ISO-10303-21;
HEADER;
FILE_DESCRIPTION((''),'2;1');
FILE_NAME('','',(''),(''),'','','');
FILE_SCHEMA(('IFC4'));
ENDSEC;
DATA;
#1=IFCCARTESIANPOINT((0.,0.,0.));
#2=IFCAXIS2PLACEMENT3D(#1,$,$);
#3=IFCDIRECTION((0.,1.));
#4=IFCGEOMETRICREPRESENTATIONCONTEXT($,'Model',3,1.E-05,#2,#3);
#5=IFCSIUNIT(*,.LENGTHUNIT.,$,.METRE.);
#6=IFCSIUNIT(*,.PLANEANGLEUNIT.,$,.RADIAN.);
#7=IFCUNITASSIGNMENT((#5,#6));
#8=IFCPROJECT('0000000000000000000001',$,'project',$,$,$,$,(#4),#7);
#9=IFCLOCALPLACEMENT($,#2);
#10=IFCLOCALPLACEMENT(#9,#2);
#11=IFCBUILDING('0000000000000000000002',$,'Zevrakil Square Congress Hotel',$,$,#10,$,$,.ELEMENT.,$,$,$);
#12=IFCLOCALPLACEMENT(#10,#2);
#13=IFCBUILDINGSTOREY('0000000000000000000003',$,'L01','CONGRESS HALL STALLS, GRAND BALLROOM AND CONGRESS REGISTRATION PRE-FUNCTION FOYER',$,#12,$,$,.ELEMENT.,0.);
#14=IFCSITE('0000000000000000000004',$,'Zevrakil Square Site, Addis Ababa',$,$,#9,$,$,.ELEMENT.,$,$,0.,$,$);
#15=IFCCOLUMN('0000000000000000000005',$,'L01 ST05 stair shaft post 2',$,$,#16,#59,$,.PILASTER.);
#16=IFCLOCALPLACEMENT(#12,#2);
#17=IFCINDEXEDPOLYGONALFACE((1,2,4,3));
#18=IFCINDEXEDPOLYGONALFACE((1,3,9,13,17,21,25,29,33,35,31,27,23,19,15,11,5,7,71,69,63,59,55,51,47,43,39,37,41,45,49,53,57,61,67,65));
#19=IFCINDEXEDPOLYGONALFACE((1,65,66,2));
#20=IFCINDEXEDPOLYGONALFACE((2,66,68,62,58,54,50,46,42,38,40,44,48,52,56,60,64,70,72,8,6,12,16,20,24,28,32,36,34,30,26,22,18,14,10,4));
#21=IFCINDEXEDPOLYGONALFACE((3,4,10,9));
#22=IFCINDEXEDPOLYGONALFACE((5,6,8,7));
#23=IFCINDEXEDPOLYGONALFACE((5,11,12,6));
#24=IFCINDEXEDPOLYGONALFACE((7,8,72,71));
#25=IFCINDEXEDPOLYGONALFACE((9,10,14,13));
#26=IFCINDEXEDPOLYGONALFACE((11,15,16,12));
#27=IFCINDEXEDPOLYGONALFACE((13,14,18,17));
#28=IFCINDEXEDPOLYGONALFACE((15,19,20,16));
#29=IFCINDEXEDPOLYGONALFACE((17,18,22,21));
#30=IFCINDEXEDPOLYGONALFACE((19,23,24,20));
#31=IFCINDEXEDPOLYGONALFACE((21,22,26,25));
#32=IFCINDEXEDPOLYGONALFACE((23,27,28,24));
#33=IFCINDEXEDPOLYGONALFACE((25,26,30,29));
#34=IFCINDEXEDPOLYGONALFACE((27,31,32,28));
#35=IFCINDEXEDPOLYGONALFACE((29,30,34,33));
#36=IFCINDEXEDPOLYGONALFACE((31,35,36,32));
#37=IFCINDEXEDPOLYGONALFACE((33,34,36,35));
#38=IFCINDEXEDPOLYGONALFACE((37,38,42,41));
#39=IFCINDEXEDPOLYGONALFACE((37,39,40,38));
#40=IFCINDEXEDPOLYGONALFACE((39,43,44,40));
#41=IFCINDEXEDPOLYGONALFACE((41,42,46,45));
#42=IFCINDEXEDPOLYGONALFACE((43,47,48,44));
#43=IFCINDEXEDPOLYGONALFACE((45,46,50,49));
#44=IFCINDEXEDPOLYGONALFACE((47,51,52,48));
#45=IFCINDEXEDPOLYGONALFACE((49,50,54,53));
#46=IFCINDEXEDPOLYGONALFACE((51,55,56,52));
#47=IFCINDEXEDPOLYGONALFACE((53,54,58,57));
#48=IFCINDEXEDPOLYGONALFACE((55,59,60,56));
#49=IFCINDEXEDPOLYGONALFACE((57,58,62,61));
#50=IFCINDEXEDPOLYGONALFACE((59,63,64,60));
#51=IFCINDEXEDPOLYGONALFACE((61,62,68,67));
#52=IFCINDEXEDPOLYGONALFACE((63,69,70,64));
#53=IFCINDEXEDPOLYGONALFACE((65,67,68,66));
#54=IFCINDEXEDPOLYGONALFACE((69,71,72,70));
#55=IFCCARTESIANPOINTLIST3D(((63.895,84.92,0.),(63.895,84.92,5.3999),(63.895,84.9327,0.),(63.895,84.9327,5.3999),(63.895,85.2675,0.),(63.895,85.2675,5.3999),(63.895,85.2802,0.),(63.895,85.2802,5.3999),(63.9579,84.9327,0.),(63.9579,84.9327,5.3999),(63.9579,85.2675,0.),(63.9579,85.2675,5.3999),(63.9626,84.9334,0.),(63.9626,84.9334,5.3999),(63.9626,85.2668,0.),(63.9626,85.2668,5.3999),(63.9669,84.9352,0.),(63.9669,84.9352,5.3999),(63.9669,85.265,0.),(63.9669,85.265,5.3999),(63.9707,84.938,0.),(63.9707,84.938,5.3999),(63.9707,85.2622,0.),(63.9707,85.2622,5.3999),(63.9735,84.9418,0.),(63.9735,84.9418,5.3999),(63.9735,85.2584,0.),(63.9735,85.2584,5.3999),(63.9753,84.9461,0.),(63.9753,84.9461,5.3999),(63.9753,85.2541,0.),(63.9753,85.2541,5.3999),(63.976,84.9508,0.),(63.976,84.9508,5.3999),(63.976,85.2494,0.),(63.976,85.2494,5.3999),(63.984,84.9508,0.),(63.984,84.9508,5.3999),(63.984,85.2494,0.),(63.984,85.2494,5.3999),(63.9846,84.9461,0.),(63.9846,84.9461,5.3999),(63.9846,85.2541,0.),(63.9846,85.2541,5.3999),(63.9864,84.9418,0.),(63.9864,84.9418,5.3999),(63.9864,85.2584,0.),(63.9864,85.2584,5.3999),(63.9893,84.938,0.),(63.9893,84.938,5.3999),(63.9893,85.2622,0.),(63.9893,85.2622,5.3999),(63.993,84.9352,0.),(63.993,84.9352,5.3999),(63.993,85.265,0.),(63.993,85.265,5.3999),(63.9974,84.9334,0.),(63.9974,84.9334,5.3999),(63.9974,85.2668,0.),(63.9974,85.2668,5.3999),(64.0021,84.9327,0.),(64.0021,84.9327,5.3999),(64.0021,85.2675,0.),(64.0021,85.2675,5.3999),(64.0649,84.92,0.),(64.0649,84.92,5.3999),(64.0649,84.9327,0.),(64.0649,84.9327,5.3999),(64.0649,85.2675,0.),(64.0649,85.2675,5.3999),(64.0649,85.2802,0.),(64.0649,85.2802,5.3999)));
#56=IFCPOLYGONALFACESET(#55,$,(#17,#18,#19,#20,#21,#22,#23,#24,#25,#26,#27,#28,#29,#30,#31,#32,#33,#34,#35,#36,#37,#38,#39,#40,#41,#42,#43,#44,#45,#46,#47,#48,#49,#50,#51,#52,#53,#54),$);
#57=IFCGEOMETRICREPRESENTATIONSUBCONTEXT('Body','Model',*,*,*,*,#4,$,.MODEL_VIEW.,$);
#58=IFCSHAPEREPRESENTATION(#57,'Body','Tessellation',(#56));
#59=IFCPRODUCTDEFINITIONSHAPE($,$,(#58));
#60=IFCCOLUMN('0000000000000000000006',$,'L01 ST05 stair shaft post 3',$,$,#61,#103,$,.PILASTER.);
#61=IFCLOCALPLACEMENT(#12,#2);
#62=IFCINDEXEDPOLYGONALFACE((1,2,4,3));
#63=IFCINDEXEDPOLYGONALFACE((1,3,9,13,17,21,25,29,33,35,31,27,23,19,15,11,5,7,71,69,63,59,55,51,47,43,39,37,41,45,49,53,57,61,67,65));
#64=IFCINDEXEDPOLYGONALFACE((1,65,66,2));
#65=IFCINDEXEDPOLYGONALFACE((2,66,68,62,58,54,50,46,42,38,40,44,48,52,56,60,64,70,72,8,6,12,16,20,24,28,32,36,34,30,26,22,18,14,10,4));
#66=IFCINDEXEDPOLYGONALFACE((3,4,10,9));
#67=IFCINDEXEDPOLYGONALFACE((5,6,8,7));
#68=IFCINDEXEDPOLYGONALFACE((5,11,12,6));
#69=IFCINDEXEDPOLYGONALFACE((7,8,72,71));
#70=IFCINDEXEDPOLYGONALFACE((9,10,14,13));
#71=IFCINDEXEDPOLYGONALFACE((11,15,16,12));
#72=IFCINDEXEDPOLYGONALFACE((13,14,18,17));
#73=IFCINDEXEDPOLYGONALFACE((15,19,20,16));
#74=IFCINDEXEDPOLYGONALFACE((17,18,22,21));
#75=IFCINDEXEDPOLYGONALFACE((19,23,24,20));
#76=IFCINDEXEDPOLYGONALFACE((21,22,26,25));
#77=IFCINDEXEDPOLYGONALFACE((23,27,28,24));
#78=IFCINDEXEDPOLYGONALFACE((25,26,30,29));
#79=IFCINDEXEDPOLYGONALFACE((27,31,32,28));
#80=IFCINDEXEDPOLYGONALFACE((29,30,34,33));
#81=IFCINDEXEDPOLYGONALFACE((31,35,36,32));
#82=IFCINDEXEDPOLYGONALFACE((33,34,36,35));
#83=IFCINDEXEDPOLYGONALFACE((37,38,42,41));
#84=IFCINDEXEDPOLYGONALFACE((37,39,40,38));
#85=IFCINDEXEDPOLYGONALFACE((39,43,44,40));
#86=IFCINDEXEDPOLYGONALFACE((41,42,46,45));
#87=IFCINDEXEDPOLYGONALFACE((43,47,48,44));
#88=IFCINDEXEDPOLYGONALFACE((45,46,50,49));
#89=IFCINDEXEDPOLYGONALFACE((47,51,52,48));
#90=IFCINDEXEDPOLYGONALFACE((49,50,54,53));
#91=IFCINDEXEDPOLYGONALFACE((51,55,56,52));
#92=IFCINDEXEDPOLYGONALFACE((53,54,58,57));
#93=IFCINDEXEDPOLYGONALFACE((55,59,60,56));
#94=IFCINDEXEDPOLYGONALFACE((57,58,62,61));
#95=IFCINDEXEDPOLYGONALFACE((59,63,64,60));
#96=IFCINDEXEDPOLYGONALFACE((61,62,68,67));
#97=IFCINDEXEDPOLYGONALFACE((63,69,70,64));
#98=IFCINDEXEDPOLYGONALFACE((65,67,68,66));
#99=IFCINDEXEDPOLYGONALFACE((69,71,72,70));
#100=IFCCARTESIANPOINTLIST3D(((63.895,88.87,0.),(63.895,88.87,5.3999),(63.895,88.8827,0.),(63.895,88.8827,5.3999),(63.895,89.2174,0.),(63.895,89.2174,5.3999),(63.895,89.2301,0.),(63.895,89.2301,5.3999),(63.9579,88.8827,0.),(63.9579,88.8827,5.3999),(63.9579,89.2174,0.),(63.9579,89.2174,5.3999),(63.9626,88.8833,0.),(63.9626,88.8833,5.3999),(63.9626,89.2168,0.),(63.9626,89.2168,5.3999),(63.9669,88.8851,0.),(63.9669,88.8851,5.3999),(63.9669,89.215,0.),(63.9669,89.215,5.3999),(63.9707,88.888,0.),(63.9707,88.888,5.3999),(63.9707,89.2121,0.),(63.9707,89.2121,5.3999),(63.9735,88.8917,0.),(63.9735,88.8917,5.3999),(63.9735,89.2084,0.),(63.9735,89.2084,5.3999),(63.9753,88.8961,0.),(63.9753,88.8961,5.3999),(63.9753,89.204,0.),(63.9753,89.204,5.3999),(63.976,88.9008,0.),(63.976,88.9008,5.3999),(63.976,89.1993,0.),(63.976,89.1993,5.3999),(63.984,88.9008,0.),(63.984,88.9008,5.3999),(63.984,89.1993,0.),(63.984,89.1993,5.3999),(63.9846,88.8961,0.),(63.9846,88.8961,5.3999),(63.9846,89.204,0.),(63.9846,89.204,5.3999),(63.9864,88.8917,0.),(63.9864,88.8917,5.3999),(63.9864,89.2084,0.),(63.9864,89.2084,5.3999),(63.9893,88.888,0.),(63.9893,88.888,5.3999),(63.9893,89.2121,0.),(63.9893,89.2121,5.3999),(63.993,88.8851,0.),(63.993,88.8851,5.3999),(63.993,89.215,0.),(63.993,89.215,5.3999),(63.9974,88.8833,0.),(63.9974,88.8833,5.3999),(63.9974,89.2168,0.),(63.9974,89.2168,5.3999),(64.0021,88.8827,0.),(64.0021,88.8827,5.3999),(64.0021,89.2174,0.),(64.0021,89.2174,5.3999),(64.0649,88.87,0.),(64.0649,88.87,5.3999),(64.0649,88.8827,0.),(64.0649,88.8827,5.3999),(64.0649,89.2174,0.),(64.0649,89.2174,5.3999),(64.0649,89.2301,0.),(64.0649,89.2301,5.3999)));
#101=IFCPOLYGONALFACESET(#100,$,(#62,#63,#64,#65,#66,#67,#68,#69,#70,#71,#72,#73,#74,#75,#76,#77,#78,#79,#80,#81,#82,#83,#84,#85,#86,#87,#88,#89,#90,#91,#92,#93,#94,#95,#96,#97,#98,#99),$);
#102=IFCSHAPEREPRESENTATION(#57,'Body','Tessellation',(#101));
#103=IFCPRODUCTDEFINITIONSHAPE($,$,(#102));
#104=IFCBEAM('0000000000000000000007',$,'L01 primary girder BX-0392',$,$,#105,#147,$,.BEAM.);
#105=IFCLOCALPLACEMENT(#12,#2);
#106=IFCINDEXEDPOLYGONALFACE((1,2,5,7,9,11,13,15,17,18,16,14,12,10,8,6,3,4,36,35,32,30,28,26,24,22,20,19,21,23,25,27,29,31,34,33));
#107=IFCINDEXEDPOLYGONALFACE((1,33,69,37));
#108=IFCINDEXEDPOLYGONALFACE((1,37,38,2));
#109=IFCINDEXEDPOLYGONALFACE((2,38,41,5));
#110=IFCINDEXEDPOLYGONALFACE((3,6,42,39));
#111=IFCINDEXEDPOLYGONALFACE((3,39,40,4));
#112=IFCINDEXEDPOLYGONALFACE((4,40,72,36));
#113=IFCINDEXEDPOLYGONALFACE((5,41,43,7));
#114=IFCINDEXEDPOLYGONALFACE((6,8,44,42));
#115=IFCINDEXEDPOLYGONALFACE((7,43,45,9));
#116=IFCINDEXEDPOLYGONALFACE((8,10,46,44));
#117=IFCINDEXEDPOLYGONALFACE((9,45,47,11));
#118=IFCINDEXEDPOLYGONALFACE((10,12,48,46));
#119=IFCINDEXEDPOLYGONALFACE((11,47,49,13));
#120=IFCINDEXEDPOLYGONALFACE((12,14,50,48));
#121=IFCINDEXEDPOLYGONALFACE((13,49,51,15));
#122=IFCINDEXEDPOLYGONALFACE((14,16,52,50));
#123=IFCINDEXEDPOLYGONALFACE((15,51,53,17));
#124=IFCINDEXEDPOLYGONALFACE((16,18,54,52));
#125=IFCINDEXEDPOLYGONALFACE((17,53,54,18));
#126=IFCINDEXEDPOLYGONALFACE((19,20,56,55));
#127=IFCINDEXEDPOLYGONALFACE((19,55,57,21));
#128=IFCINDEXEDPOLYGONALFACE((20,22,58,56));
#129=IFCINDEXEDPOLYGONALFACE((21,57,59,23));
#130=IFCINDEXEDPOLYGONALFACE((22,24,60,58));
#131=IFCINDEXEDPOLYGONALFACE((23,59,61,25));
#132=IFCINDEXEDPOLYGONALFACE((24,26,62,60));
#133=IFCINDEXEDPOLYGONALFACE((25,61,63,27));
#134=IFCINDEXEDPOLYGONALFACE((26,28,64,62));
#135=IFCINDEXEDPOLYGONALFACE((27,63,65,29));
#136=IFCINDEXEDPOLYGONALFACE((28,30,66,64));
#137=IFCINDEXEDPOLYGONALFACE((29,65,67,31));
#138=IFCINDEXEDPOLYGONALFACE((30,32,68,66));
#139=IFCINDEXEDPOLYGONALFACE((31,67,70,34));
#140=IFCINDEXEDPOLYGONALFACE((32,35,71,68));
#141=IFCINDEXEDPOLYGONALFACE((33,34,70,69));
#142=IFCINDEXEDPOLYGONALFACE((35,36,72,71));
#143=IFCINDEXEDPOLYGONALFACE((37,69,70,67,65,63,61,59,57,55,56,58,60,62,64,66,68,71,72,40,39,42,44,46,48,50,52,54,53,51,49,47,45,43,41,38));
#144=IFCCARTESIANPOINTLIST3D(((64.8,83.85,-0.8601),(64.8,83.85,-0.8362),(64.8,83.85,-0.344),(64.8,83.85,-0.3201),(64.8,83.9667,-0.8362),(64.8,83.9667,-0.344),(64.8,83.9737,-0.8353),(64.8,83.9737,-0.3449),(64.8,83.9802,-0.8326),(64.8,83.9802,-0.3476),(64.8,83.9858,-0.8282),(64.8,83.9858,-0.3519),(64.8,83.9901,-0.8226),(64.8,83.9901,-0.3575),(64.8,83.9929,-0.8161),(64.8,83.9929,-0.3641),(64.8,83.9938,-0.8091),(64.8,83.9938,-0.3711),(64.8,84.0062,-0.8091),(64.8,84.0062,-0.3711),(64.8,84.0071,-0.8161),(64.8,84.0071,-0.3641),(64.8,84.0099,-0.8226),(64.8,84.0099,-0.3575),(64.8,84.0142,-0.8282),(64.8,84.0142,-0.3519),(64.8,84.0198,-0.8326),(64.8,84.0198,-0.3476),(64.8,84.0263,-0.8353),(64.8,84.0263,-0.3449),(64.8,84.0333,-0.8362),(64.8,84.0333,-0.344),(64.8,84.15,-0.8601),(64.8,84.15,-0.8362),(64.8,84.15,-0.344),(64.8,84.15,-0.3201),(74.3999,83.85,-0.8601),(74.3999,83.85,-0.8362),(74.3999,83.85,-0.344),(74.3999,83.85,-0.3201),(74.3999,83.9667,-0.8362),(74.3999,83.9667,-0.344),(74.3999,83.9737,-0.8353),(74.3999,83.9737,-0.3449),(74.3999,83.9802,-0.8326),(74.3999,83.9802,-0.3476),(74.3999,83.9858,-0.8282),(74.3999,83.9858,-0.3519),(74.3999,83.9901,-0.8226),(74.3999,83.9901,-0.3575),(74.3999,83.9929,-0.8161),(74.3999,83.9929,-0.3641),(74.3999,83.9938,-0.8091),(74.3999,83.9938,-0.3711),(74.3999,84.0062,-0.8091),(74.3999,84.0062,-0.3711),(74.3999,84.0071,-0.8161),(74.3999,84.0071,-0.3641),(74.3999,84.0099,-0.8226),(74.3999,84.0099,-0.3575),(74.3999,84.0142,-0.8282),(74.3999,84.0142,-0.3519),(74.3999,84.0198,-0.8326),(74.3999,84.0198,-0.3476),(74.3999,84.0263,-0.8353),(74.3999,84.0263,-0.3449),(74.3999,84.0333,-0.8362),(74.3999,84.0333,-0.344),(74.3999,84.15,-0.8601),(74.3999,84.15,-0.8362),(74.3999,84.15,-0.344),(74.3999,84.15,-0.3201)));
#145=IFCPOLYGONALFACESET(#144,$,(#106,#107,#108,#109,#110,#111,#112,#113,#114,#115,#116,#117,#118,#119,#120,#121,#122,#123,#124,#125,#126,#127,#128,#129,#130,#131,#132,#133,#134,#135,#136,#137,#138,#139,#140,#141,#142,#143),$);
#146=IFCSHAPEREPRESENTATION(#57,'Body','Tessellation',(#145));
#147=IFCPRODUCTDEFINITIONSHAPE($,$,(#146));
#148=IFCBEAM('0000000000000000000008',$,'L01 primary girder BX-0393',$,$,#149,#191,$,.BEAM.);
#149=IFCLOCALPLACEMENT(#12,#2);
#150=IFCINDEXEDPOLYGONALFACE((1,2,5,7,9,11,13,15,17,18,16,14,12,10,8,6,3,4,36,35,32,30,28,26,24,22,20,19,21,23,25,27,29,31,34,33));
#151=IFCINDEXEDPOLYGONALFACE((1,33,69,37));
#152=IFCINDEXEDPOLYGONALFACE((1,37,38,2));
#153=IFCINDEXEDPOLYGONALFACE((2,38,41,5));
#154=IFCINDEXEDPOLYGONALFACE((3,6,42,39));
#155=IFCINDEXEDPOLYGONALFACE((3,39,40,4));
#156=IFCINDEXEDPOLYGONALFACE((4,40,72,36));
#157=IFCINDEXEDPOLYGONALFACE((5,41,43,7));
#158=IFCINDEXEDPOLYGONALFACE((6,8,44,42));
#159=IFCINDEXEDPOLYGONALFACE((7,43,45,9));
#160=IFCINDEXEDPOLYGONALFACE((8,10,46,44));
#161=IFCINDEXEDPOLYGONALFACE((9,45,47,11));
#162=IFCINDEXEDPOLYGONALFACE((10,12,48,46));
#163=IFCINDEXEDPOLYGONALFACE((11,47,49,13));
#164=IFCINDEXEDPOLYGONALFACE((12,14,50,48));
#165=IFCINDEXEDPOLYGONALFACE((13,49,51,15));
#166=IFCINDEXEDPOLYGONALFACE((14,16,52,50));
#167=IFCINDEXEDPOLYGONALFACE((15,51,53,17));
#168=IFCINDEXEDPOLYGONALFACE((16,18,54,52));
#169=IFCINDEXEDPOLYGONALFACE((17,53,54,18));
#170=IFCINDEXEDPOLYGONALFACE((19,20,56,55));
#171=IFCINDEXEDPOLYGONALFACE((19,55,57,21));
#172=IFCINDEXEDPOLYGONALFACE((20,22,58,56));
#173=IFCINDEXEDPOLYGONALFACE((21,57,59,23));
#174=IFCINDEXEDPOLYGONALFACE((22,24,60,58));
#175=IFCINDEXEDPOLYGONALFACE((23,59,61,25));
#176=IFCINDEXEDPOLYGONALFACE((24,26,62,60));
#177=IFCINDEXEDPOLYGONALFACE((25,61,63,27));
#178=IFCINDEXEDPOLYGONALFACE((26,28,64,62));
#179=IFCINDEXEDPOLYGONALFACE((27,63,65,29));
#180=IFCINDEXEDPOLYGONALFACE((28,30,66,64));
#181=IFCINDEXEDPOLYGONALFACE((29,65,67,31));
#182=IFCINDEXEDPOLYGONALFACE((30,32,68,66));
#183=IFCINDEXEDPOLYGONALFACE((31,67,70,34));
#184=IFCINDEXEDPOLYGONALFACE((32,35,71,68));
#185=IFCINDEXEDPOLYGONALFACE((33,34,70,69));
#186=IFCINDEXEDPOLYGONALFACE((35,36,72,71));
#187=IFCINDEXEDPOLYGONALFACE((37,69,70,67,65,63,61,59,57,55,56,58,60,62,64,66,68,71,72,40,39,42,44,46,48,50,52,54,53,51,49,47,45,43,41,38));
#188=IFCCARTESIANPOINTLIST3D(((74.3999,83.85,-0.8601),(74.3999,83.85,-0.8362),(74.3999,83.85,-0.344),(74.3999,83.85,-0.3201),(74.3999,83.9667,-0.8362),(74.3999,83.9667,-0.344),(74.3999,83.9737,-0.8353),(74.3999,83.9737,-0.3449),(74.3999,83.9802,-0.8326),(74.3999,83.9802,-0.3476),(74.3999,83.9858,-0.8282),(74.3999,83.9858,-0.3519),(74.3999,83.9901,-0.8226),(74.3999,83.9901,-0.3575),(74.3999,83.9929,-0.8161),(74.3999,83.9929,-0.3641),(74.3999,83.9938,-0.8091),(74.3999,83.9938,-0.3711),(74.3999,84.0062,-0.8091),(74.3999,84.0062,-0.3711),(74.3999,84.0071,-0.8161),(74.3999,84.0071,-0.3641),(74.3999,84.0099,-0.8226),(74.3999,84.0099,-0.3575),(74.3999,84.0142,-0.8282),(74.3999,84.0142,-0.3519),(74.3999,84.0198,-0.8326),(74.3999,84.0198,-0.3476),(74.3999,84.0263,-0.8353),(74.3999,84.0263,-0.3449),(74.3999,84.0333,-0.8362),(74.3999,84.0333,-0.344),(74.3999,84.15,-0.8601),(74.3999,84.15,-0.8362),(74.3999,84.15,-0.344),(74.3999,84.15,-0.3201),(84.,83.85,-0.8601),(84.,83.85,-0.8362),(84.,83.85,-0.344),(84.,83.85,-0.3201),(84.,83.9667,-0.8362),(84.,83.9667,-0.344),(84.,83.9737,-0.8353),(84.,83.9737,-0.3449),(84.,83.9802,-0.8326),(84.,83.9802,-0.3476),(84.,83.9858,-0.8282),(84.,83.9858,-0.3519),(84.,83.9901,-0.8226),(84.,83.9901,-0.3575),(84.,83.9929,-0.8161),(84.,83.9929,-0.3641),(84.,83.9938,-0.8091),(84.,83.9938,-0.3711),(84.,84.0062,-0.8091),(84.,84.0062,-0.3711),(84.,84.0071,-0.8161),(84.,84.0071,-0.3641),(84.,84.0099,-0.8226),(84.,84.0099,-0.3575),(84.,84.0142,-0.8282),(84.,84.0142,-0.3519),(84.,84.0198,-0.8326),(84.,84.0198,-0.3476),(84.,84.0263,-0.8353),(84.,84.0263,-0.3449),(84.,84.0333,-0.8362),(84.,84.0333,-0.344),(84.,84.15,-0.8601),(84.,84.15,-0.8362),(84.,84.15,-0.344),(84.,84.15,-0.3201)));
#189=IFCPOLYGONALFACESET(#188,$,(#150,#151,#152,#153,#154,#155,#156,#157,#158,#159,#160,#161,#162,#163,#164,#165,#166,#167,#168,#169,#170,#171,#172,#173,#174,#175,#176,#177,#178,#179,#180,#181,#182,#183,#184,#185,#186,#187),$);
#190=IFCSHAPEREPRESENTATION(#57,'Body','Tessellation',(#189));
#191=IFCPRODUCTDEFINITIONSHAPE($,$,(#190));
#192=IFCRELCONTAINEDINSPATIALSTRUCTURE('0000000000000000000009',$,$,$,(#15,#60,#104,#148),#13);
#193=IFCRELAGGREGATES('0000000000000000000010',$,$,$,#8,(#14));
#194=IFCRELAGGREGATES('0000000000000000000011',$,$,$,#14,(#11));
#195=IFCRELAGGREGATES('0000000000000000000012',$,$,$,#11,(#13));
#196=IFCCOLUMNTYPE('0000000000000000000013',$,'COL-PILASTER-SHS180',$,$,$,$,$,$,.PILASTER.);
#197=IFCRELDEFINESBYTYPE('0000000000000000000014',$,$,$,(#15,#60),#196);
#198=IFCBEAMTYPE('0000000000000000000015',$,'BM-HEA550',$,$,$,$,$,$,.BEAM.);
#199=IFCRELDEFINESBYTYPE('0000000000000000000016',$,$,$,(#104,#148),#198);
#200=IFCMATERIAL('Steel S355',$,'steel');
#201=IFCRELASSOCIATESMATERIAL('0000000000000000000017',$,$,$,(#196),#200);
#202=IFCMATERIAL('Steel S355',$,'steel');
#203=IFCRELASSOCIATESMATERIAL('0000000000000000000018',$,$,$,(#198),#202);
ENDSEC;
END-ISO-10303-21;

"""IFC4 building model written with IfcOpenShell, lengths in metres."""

from ifc_helpers import new_model, si_unit, direction, frame, origin, origin_2d, place, context, subcontext, project, spatial, i_section, extrude, material, material_profile, profile_set, type_object, element, save


model = new_model("IFC4")

# Units and contexts
model_context = context("Model", 3, precision=1e-05, world=origin(), true_north=direction((0.0, 1.0)))
body_context = subcontext(model_context, "Body", "Model", "MODEL_VIEW")
ifc_project = project(units=[si_unit("LENGTHUNIT", "METRE"), si_unit("PLANEANGLEUNIT", "RADIAN")], contexts=[model_context])

# Site, building, storey
site_placement = place(None, origin())
site = spatial("IfcSite", under=ifc_project, at=site_placement, Name="Zevrakil Square Site, Addis Ababa", CompositionType="ELEMENT", RefElevation=0.0)
building_placement = place(site_placement, origin())
building = spatial("IfcBuilding", under=site, at=building_placement, Name="Zevrakil Square Congress Hotel", CompositionType="ELEMENT")
storey_placement = place(building_placement, origin())
storey = spatial("IfcBuildingStorey", under=building, at=storey_placement, Name="L01", Description="CONGRESS HALL STALLS, GRAND BALLROOM AND CONGRESS REGISTRATION PRE-FUNCTION FOYER", CompositionType="ELEMENT", Elevation=0.0)

# Columns
ifc_material_1 = material(Name="Steel S355", Category="steel")
ifc_material_profile_1 = material_profile(ifc_material_1, i_section(OverallWidth=0.1699, OverallDepth=0.3601, WebThickness=0.0081, FlangeThickness=0.0127, FilletRadius=0.0181, at=origin_2d()), Name="IPE 360")
ifc_profile_set_1 = profile_set([ifc_material_profile_1], Name="Steel S355")
column_type_1 = type_object("IfcColumnType", Name="COL-PILASTER-SHS180", PredefinedType="PILASTER", material=ifc_profile_set_1)
for number, where, z_axis, x_axis, name in (
    (1, (63.98, 85.1001, 0.0), (0.0, 0.0, 1.0), (1.0, 0.0, 0.0), "L01 ST05 stair shaft post 2"),
    (2, (63.98, 89.05, 0.0), (0.0, 0.0, 1.0), (1.0, 0.0, 0.0), "L01 ST05 stair shaft post 3"),
):
    element("IfcColumn", number, at=place(storey_placement, frame(where, z_axis=z_axis, x_axis=x_axis)), inside=storey, type_object=column_type_1, Name=name, PredefinedType="PILASTER", context=body_context, shape_type="SweptSolid", body=[
        extrude(i_section(OverallWidth=0.1699, OverallDepth=0.3601, WebThickness=0.0081, FlangeThickness=0.0127, FilletRadius=0.0181, at=origin_2d()), origin(), (0.0, 0.0, 1.0), 5.3999),
    ])

# Beams
ifc_material_2 = material(Name="Steel S355", Category="steel")
ifc_material_profile_2 = material_profile(ifc_material_2, i_section(OverallWidth=0.3, OverallDepth=0.54, WebThickness=0.0125, FlangeThickness=0.0239, FilletRadius=0.0271, at=origin_2d()), Name="HEA 550")
ifc_profile_set_2 = profile_set([ifc_material_profile_2], Name="Steel S355")
beam_type_1 = type_object("IfcBeamType", Name="BM-HEA550", PredefinedType="BEAM", material=ifc_profile_set_2)
beam_placement = place(storey_placement, frame((64.8, 84.0, -0.5901), z_axis=(1.0, 0.0, 0.0), x_axis=(0.0, 1.0, 0.0)))
element("IfcBeam", 3, at=beam_placement, inside=storey, type_object=beam_type_1, Name="L01 primary girder BX-0392", PredefinedType="BEAM", context=body_context, shape_type="SweptSolid", body=[
    extrude(i_section(OverallWidth=0.3, OverallDepth=0.54, WebThickness=0.0125, FlangeThickness=0.0239, FilletRadius=0.0271, at=origin_2d()), origin(), (0.0, 0.0, 1.0), 9.5999),
])
for number, where, z_axis, x_axis, name in (
    (4, (74.3999, 84.0, -0.5901), (1.0, 0.0, 0.0), (0.0, 1.0, 0.0), "L01 primary girder BX-0393"),
):
    element("IfcBeam", number, at=place(storey_placement, frame(where, z_axis=z_axis, x_axis=x_axis)), inside=storey, type_object=beam_type_1, Name=name, PredefinedType="BEAM", context=body_context, shape_type="SweptSolid", body=[
        extrude(i_section(OverallWidth=0.3, OverallDepth=0.54, WebThickness=0.0125, FlangeThickness=0.0239, FilletRadius=0.0271, at=origin_2d()), origin(), (0.0, 0.0, 1.0), 9.6001),
    ])

save(model, "model.ifc")
